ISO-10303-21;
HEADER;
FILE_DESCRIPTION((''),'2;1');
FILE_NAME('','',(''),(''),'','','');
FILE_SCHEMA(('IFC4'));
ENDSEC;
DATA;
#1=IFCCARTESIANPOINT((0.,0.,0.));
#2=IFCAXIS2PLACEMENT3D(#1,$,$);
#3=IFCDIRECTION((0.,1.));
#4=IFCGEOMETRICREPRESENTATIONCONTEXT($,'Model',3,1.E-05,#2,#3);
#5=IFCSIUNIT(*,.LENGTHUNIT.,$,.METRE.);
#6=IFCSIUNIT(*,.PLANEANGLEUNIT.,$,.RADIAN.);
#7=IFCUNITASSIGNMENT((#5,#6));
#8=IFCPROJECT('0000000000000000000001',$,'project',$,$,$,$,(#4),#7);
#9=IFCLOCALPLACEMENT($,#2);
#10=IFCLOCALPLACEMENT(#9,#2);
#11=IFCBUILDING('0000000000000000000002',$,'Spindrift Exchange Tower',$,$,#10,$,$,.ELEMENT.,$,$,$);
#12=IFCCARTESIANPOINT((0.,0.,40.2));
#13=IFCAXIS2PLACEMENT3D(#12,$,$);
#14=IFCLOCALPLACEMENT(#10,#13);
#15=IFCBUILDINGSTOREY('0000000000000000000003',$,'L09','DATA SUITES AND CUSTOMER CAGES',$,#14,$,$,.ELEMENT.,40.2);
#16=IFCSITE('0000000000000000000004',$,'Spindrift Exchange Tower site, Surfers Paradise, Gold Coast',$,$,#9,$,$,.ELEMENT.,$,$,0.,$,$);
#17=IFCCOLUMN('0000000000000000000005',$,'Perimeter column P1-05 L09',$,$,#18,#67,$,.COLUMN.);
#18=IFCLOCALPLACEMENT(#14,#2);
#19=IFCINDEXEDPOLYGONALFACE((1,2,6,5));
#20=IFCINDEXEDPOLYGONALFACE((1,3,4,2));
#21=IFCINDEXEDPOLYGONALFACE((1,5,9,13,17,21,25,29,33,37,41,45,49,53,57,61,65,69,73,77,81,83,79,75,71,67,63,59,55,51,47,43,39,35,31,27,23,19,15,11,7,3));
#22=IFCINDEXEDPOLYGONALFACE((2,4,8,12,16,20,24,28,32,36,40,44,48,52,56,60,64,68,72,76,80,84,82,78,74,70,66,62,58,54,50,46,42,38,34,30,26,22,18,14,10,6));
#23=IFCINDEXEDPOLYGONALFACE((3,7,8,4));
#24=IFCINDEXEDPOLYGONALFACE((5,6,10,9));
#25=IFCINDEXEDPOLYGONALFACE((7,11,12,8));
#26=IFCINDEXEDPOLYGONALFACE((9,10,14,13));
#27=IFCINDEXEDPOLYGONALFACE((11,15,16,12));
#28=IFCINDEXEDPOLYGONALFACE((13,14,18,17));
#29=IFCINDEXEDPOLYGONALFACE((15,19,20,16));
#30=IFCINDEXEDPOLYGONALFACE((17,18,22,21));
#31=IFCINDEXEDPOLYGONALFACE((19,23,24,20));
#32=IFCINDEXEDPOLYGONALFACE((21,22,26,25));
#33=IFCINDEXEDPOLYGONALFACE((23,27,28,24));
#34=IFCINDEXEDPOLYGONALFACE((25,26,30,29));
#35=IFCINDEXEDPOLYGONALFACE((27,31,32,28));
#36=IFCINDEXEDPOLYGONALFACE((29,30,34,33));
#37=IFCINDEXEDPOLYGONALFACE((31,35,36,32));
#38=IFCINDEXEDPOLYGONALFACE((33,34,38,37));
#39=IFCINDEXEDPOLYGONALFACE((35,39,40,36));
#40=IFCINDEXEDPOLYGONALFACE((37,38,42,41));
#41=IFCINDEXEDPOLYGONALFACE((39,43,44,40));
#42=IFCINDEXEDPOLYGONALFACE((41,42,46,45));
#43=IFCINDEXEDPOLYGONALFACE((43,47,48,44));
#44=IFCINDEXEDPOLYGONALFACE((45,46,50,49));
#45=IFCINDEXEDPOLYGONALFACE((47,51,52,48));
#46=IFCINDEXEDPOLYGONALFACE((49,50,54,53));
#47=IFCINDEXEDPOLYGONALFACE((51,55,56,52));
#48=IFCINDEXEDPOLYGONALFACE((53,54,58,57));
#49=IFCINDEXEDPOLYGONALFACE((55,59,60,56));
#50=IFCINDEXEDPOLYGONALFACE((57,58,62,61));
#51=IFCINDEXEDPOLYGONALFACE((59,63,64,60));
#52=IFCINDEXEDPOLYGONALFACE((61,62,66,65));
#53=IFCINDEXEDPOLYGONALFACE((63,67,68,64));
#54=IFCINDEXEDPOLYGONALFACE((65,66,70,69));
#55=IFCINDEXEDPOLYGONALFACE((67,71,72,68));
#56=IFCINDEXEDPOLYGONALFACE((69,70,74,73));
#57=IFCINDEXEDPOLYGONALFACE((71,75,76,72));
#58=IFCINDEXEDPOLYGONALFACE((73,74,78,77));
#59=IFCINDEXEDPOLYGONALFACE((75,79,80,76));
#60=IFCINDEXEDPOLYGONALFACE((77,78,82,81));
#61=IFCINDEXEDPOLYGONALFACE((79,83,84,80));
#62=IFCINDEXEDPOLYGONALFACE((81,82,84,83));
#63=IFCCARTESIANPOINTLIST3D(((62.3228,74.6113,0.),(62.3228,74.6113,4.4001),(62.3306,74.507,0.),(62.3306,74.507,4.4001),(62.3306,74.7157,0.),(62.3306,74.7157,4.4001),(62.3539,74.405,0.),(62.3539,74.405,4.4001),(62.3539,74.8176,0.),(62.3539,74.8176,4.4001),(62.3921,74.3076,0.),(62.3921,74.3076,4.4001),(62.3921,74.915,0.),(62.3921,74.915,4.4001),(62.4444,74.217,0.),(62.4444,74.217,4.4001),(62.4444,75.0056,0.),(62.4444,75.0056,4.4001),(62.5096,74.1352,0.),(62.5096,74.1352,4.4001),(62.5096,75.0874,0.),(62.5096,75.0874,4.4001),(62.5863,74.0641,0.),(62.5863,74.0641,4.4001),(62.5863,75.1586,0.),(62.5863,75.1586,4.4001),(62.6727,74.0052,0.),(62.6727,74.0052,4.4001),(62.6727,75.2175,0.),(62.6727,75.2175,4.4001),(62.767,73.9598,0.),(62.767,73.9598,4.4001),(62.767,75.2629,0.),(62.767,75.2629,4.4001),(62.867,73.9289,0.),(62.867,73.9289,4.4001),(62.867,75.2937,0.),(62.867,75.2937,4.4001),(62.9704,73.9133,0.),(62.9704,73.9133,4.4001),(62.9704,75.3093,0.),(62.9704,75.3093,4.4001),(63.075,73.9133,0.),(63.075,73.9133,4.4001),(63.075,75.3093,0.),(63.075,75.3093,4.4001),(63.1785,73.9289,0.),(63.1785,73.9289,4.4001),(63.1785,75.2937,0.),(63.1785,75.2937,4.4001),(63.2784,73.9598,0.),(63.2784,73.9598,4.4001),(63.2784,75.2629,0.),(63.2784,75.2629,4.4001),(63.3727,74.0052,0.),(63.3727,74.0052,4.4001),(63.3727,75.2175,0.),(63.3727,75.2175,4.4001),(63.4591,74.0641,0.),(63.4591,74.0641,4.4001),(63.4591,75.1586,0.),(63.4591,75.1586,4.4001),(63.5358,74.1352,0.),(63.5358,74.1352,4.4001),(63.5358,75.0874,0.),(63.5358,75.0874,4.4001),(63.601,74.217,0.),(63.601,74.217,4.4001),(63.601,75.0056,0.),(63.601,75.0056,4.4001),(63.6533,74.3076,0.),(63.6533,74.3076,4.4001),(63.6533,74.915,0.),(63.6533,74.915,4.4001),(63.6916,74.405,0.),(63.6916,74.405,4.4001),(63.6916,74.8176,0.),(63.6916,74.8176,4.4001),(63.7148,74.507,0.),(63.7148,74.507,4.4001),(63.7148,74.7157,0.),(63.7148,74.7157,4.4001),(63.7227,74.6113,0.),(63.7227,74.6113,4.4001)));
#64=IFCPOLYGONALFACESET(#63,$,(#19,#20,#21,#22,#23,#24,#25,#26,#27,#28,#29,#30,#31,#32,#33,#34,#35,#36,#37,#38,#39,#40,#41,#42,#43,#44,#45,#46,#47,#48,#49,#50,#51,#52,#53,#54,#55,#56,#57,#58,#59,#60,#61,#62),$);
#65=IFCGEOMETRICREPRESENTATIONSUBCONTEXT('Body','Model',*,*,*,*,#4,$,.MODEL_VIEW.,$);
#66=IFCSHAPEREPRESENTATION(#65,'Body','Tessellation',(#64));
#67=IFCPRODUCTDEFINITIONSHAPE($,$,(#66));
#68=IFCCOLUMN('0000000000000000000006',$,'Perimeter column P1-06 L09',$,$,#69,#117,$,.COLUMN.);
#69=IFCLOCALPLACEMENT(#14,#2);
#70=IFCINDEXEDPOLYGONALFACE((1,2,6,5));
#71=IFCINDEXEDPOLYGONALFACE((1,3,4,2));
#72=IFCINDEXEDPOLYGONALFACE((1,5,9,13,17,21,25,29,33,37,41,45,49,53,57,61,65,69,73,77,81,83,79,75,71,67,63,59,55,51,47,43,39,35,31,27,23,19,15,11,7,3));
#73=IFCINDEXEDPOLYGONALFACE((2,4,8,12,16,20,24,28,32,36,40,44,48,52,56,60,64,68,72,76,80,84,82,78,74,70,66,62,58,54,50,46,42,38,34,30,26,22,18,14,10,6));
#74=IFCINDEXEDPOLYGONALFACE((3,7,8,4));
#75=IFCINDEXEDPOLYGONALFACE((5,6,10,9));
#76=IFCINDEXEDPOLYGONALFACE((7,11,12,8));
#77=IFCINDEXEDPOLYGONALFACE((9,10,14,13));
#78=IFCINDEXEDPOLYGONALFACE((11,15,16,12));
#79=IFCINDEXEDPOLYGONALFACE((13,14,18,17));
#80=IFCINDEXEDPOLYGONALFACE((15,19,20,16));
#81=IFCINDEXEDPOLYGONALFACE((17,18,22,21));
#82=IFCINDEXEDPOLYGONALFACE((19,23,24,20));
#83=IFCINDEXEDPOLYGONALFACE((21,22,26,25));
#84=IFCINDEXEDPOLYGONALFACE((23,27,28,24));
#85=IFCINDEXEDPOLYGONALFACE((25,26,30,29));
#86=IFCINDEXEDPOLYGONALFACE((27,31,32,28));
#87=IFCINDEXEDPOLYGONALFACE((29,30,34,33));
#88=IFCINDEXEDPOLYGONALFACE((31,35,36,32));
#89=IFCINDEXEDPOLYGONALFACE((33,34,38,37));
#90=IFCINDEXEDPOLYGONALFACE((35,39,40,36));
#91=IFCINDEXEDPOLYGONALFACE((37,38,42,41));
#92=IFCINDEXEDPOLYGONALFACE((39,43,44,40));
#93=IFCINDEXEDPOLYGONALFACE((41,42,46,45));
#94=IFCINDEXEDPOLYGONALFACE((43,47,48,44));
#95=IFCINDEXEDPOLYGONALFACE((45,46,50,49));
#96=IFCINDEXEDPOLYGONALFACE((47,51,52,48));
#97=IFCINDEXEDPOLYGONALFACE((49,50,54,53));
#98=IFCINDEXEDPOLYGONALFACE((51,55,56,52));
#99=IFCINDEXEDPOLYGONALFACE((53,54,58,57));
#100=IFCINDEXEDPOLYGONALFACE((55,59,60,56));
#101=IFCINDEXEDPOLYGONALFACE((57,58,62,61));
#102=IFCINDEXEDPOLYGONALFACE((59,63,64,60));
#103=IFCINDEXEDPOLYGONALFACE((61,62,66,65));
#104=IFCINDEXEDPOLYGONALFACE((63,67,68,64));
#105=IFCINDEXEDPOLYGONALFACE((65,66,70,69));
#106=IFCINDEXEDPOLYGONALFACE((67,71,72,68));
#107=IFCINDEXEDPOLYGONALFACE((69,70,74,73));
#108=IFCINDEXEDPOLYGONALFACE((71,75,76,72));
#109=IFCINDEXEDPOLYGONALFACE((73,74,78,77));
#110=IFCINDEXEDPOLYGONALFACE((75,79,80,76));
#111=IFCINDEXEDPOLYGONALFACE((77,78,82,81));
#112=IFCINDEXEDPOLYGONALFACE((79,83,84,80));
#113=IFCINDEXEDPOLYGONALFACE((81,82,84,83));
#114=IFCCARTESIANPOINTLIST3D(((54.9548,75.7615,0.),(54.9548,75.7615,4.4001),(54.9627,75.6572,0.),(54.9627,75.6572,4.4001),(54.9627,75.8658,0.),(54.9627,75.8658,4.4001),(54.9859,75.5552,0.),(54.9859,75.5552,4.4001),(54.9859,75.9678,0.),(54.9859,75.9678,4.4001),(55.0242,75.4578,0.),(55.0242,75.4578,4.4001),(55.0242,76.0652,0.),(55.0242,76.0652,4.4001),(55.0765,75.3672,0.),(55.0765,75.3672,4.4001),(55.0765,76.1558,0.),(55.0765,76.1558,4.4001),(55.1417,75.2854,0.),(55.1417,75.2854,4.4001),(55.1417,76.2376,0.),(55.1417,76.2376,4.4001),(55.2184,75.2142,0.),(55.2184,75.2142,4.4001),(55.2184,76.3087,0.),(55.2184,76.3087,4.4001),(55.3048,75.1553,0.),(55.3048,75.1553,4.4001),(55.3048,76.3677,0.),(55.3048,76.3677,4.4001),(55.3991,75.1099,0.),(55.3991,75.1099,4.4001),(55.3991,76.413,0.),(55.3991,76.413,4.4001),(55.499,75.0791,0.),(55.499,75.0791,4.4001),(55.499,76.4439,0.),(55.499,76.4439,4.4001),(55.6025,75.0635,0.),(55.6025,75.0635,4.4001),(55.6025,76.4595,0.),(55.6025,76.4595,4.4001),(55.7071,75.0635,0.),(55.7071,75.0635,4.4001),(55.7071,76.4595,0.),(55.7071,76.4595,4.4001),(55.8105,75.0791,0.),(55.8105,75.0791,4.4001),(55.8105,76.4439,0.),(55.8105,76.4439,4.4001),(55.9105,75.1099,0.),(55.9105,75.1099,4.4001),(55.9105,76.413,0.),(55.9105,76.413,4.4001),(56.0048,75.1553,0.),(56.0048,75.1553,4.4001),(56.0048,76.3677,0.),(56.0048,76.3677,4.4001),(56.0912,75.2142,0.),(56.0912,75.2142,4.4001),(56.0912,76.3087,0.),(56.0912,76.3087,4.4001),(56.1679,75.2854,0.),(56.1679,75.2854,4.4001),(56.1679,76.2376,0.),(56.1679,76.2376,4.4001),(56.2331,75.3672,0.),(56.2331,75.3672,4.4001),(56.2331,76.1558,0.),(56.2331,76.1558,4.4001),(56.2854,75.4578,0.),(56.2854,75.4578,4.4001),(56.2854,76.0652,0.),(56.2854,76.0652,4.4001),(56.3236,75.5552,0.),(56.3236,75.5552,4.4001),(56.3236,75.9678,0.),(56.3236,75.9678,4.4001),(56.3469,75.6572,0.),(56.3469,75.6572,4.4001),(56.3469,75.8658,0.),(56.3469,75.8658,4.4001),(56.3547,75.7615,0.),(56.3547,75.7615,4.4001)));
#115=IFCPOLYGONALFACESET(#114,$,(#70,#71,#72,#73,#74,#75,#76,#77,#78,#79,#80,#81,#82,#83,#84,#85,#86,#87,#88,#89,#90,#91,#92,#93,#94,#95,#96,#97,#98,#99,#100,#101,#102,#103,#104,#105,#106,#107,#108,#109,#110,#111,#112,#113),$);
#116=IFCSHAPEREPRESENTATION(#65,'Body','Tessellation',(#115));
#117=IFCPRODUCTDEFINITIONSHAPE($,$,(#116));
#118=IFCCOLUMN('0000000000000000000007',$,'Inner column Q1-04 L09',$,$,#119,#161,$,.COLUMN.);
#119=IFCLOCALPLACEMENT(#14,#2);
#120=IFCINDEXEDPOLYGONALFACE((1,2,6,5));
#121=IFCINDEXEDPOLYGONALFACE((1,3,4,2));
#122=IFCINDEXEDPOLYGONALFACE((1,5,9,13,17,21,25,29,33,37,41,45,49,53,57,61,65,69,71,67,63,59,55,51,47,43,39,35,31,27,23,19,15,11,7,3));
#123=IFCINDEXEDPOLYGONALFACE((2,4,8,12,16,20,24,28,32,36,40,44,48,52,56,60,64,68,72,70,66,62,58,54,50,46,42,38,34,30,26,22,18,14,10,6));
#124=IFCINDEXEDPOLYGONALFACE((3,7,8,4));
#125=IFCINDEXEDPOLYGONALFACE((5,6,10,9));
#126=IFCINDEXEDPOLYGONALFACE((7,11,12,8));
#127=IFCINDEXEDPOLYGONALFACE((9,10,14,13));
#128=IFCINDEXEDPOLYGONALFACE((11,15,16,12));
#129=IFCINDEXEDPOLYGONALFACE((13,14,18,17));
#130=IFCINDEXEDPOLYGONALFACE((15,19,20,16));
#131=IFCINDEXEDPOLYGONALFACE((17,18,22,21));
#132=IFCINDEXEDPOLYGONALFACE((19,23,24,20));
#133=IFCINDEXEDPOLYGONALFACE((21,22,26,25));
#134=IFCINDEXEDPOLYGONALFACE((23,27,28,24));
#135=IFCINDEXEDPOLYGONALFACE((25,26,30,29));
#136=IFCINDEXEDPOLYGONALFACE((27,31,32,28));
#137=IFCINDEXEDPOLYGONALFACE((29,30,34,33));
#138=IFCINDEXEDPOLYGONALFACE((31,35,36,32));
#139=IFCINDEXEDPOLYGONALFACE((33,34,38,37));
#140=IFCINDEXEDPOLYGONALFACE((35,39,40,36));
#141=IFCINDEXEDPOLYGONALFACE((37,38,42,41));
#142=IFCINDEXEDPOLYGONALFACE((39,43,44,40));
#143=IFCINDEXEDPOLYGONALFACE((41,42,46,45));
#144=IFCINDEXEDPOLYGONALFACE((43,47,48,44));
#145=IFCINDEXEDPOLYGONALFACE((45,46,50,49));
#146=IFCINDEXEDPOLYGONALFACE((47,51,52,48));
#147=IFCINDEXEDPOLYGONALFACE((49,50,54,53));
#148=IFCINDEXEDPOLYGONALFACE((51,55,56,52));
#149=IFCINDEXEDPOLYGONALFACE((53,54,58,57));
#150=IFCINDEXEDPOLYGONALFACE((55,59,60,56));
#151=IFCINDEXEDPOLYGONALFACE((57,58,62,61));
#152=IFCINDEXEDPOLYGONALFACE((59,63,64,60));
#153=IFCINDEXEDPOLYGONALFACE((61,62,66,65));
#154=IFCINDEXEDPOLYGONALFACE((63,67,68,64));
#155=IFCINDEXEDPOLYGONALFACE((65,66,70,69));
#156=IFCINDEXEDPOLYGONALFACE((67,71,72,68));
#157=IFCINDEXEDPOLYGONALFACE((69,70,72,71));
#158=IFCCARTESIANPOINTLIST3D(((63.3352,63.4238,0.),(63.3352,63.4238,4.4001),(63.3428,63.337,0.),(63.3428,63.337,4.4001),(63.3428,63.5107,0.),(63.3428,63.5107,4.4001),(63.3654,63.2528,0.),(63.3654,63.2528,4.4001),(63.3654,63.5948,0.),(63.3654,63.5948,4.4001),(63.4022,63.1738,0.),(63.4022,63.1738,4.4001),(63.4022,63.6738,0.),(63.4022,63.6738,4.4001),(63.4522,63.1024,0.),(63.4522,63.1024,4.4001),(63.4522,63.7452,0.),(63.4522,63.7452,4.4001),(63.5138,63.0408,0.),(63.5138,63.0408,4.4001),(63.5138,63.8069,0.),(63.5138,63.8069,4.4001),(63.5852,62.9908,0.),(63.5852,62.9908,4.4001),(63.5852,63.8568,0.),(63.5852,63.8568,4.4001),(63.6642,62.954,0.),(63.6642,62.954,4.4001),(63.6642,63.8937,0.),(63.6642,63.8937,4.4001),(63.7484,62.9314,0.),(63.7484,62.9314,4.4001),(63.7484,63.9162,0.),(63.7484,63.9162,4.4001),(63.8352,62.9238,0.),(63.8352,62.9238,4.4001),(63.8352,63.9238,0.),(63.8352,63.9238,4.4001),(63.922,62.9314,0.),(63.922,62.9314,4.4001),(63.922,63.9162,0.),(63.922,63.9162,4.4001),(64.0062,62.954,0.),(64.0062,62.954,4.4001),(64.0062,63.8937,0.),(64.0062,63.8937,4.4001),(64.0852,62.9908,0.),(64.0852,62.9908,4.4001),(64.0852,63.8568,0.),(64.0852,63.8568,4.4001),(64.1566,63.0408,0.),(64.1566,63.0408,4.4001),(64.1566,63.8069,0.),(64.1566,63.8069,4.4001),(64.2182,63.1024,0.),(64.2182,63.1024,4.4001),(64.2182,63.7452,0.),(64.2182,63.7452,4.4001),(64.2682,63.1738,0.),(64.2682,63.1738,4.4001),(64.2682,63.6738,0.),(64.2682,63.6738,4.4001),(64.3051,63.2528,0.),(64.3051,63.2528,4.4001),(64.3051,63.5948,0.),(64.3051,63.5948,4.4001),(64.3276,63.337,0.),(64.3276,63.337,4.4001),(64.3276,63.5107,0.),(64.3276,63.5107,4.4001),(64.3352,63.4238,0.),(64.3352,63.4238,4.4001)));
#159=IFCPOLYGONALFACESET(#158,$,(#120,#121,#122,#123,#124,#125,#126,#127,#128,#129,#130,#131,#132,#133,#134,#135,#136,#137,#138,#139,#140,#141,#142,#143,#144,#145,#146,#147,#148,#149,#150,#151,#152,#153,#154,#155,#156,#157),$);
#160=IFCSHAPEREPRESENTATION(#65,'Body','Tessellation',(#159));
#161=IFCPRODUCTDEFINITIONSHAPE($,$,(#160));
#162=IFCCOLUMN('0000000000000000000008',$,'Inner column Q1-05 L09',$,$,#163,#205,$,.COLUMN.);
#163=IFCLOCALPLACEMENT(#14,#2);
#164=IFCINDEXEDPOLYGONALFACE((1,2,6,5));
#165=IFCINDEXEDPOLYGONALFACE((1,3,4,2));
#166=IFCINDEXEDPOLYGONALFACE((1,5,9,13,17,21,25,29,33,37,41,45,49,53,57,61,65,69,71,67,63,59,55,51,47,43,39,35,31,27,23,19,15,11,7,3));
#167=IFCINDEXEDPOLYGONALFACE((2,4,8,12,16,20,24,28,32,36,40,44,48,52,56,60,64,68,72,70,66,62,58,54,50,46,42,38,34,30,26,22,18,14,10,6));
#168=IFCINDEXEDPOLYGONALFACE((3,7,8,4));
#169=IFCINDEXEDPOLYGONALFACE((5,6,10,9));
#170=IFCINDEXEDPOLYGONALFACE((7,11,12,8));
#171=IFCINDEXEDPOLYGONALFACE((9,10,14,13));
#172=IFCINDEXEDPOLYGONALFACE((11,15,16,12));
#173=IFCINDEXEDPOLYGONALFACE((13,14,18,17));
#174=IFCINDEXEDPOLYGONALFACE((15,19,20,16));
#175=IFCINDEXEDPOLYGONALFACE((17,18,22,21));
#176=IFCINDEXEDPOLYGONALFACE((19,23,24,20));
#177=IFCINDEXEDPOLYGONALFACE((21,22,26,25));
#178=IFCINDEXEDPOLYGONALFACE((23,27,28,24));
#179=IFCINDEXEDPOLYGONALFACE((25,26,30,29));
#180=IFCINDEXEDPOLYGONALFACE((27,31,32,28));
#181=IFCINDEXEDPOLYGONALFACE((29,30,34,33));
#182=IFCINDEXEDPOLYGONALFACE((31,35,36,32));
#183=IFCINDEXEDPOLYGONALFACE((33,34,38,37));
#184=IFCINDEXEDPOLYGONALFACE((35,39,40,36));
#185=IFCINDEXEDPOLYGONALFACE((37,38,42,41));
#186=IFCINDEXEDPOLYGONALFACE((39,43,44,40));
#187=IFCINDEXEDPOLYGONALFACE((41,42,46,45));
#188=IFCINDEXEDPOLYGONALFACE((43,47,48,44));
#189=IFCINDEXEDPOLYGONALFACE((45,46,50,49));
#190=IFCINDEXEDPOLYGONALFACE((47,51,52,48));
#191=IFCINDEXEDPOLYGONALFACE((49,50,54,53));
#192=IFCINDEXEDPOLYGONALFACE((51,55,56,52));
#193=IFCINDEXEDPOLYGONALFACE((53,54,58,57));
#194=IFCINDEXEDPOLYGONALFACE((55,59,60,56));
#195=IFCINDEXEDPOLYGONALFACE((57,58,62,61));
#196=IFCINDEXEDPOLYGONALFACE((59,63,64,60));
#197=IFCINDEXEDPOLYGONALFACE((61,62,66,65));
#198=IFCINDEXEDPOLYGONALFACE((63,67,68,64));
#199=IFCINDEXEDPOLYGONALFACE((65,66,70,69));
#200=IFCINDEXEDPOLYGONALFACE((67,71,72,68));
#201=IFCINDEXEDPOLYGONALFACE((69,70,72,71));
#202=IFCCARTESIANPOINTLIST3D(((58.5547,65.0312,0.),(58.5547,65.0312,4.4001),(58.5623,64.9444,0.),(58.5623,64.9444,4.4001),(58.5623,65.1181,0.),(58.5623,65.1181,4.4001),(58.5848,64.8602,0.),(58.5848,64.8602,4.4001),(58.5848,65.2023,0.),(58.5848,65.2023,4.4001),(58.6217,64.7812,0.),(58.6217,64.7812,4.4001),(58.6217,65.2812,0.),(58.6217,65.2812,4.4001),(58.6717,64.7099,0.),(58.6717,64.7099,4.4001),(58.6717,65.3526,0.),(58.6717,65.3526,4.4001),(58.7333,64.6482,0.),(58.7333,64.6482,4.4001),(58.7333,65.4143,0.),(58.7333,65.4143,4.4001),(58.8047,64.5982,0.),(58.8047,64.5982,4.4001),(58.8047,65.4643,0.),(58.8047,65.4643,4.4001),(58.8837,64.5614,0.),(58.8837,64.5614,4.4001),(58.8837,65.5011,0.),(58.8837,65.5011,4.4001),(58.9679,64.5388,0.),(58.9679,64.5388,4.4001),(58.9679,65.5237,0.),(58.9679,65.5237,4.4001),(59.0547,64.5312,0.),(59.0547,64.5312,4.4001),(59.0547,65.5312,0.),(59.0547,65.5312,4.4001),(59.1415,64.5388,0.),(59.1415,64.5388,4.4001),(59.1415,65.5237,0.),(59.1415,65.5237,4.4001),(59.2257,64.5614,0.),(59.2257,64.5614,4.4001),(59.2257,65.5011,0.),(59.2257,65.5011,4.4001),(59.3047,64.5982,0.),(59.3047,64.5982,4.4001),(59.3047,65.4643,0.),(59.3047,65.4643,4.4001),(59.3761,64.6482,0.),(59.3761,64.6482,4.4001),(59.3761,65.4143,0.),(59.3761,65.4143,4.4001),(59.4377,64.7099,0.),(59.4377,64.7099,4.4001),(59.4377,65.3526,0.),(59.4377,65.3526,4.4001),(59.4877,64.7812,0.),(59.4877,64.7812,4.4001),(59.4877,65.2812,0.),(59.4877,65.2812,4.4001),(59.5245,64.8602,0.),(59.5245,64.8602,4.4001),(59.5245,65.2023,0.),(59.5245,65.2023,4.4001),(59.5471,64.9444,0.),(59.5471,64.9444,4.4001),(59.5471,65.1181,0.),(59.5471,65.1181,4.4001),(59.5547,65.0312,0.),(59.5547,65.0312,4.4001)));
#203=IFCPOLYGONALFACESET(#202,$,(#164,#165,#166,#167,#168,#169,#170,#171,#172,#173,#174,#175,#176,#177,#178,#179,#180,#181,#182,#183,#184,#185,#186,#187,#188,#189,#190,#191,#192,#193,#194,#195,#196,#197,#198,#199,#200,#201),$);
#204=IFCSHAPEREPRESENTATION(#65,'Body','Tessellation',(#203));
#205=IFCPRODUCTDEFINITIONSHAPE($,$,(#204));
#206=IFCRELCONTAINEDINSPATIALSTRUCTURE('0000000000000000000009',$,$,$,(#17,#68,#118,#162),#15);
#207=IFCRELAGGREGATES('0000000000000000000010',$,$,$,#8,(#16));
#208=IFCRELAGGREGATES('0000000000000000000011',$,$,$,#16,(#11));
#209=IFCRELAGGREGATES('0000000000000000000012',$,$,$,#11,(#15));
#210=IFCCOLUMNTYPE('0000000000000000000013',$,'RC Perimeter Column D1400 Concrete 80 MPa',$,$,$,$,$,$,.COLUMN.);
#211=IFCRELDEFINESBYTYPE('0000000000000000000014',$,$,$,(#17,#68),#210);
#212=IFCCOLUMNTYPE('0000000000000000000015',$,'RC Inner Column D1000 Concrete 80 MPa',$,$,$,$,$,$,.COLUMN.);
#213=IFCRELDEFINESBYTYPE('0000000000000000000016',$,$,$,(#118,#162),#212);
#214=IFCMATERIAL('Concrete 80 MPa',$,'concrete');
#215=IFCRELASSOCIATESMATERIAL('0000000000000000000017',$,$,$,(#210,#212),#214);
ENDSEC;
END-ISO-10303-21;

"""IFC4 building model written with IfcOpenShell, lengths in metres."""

from ifc_helpers import new_model, si_unit, direction, frame, origin, origin_2d, place, context, subcontext, project, spatial, circle, extrude, source, transform, mapped, material, material_profile, profile_set, type_object, element, save


model = new_model("IFC4")

# Units and contexts
model_context = context("Model", 3, precision=1e-05, world=origin(), true_north=direction((0.0, 1.0)))
body_context = subcontext(model_context, "Body", "Model", "MODEL_VIEW")
ifc_project = project(units=[si_unit("LENGTHUNIT", "METRE"), si_unit("PLANEANGLEUNIT", "RADIAN")], contexts=[model_context])

# Site, building, storey
site_placement = place(None, origin())
site = spatial("IfcSite", under=ifc_project, at=site_placement, Name="Spindrift Exchange Tower site, Surfers Paradise, Gold Coast", CompositionType="ELEMENT", RefElevation=0.0)
building_placement = place(site_placement, origin())
building = spatial("IfcBuilding", under=site, at=building_placement, Name="Spindrift Exchange Tower", CompositionType="ELEMENT")
storey_placement = place(building_placement, frame((0.0, 0.0, 40.2)))
storey = spatial("IfcBuildingStorey", under=building, at=storey_placement, Name="L09", Description="DATA SUITES AND CUSTOMER CAGES", CompositionType="ELEMENT", Elevation=40.2)

# Columns
ifc_material_1 = material(Name="Concrete 80 MPa", Category="concrete")
ifc_material_profile_1 = material_profile(ifc_material_1, circle(Radius=0.7, at=origin_2d()), Name="RC D1400")
ifc_profile_set_1 = profile_set([ifc_material_profile_1], Name="Concrete 80 MPa")
column_type_1 = type_object("IfcColumnType", Name="RC Perimeter Column D1400 Concrete 80 MPa", PredefinedType="COLUMN", material=ifc_profile_set_1)
shared_shape_1 = source(origin(), body_context, "Body", "SweptSolid", [
    extrude(circle(Radius=0.7, at=origin_2d()), origin(), (0.0, 0.0, 1.0), 4.4001),
])
for number, where, z_axis, x_axis, name in (
    (1, (63.0227, 74.6113, 0.0), (0.0, 0.0, 1.0), (1.0, 0.0, 0.0), "Perimeter column P1-05 L09"),
    (2, (55.6548, 75.7615, 0.0), (0.0, 0.0, 1.0), (1.0, 0.0, 0.0), "Perimeter column P1-06 L09"),
):
    element("IfcColumn", number, at=place(storey_placement, frame(where, z_axis=z_axis, x_axis=x_axis)), inside=storey, type_object=column_type_1, Name=name, PredefinedType="COLUMN", context=body_context, shape_type="MappedRepresentation", body=[
        mapped(shared_shape_1, transform((0.0, 0.0, 0.0), scale=1.0)),
    ])
ifc_material_profile_2 = material_profile(ifc_material_1, circle(Radius=0.5, at=origin_2d()), Name="RC D1000")
ifc_profile_set_2 = profile_set([ifc_material_profile_2], Name="Concrete 80 MPa")
column_type_2 = type_object("IfcColumnType", Name="RC Inner Column D1000 Concrete 80 MPa", PredefinedType="COLUMN", material=ifc_profile_set_2)
shared_shape_2 = source(origin(), body_context, "Body", "SweptSolid", [
    extrude(circle(Radius=0.5, at=origin_2d()), origin(), (0.0, 0.0, 1.0), 4.4001),
])
for number, where, z_axis, x_axis, name in (
    (3, (63.8352, 63.4238, 0.0), (0.0, 0.0, 1.0), (1.0, 0.0, 0.0), "Inner column Q1-04 L09"),
    (4, (59.0547, 65.0312, 0.0), (0.0, 0.0, 1.0), (1.0, 0.0, 0.0), "Inner column Q1-05 L09"),
):
    element("IfcColumn", number, at=place(storey_placement, frame(where, z_axis=z_axis, x_axis=x_axis)), inside=storey, type_object=column_type_2, Name=name, PredefinedType="COLUMN", context=body_context, shape_type="MappedRepresentation", body=[
        mapped(shared_shape_2, transform((0.0, 0.0, 0.0), scale=1.0)),
    ])

save(model, "model.ifc")
